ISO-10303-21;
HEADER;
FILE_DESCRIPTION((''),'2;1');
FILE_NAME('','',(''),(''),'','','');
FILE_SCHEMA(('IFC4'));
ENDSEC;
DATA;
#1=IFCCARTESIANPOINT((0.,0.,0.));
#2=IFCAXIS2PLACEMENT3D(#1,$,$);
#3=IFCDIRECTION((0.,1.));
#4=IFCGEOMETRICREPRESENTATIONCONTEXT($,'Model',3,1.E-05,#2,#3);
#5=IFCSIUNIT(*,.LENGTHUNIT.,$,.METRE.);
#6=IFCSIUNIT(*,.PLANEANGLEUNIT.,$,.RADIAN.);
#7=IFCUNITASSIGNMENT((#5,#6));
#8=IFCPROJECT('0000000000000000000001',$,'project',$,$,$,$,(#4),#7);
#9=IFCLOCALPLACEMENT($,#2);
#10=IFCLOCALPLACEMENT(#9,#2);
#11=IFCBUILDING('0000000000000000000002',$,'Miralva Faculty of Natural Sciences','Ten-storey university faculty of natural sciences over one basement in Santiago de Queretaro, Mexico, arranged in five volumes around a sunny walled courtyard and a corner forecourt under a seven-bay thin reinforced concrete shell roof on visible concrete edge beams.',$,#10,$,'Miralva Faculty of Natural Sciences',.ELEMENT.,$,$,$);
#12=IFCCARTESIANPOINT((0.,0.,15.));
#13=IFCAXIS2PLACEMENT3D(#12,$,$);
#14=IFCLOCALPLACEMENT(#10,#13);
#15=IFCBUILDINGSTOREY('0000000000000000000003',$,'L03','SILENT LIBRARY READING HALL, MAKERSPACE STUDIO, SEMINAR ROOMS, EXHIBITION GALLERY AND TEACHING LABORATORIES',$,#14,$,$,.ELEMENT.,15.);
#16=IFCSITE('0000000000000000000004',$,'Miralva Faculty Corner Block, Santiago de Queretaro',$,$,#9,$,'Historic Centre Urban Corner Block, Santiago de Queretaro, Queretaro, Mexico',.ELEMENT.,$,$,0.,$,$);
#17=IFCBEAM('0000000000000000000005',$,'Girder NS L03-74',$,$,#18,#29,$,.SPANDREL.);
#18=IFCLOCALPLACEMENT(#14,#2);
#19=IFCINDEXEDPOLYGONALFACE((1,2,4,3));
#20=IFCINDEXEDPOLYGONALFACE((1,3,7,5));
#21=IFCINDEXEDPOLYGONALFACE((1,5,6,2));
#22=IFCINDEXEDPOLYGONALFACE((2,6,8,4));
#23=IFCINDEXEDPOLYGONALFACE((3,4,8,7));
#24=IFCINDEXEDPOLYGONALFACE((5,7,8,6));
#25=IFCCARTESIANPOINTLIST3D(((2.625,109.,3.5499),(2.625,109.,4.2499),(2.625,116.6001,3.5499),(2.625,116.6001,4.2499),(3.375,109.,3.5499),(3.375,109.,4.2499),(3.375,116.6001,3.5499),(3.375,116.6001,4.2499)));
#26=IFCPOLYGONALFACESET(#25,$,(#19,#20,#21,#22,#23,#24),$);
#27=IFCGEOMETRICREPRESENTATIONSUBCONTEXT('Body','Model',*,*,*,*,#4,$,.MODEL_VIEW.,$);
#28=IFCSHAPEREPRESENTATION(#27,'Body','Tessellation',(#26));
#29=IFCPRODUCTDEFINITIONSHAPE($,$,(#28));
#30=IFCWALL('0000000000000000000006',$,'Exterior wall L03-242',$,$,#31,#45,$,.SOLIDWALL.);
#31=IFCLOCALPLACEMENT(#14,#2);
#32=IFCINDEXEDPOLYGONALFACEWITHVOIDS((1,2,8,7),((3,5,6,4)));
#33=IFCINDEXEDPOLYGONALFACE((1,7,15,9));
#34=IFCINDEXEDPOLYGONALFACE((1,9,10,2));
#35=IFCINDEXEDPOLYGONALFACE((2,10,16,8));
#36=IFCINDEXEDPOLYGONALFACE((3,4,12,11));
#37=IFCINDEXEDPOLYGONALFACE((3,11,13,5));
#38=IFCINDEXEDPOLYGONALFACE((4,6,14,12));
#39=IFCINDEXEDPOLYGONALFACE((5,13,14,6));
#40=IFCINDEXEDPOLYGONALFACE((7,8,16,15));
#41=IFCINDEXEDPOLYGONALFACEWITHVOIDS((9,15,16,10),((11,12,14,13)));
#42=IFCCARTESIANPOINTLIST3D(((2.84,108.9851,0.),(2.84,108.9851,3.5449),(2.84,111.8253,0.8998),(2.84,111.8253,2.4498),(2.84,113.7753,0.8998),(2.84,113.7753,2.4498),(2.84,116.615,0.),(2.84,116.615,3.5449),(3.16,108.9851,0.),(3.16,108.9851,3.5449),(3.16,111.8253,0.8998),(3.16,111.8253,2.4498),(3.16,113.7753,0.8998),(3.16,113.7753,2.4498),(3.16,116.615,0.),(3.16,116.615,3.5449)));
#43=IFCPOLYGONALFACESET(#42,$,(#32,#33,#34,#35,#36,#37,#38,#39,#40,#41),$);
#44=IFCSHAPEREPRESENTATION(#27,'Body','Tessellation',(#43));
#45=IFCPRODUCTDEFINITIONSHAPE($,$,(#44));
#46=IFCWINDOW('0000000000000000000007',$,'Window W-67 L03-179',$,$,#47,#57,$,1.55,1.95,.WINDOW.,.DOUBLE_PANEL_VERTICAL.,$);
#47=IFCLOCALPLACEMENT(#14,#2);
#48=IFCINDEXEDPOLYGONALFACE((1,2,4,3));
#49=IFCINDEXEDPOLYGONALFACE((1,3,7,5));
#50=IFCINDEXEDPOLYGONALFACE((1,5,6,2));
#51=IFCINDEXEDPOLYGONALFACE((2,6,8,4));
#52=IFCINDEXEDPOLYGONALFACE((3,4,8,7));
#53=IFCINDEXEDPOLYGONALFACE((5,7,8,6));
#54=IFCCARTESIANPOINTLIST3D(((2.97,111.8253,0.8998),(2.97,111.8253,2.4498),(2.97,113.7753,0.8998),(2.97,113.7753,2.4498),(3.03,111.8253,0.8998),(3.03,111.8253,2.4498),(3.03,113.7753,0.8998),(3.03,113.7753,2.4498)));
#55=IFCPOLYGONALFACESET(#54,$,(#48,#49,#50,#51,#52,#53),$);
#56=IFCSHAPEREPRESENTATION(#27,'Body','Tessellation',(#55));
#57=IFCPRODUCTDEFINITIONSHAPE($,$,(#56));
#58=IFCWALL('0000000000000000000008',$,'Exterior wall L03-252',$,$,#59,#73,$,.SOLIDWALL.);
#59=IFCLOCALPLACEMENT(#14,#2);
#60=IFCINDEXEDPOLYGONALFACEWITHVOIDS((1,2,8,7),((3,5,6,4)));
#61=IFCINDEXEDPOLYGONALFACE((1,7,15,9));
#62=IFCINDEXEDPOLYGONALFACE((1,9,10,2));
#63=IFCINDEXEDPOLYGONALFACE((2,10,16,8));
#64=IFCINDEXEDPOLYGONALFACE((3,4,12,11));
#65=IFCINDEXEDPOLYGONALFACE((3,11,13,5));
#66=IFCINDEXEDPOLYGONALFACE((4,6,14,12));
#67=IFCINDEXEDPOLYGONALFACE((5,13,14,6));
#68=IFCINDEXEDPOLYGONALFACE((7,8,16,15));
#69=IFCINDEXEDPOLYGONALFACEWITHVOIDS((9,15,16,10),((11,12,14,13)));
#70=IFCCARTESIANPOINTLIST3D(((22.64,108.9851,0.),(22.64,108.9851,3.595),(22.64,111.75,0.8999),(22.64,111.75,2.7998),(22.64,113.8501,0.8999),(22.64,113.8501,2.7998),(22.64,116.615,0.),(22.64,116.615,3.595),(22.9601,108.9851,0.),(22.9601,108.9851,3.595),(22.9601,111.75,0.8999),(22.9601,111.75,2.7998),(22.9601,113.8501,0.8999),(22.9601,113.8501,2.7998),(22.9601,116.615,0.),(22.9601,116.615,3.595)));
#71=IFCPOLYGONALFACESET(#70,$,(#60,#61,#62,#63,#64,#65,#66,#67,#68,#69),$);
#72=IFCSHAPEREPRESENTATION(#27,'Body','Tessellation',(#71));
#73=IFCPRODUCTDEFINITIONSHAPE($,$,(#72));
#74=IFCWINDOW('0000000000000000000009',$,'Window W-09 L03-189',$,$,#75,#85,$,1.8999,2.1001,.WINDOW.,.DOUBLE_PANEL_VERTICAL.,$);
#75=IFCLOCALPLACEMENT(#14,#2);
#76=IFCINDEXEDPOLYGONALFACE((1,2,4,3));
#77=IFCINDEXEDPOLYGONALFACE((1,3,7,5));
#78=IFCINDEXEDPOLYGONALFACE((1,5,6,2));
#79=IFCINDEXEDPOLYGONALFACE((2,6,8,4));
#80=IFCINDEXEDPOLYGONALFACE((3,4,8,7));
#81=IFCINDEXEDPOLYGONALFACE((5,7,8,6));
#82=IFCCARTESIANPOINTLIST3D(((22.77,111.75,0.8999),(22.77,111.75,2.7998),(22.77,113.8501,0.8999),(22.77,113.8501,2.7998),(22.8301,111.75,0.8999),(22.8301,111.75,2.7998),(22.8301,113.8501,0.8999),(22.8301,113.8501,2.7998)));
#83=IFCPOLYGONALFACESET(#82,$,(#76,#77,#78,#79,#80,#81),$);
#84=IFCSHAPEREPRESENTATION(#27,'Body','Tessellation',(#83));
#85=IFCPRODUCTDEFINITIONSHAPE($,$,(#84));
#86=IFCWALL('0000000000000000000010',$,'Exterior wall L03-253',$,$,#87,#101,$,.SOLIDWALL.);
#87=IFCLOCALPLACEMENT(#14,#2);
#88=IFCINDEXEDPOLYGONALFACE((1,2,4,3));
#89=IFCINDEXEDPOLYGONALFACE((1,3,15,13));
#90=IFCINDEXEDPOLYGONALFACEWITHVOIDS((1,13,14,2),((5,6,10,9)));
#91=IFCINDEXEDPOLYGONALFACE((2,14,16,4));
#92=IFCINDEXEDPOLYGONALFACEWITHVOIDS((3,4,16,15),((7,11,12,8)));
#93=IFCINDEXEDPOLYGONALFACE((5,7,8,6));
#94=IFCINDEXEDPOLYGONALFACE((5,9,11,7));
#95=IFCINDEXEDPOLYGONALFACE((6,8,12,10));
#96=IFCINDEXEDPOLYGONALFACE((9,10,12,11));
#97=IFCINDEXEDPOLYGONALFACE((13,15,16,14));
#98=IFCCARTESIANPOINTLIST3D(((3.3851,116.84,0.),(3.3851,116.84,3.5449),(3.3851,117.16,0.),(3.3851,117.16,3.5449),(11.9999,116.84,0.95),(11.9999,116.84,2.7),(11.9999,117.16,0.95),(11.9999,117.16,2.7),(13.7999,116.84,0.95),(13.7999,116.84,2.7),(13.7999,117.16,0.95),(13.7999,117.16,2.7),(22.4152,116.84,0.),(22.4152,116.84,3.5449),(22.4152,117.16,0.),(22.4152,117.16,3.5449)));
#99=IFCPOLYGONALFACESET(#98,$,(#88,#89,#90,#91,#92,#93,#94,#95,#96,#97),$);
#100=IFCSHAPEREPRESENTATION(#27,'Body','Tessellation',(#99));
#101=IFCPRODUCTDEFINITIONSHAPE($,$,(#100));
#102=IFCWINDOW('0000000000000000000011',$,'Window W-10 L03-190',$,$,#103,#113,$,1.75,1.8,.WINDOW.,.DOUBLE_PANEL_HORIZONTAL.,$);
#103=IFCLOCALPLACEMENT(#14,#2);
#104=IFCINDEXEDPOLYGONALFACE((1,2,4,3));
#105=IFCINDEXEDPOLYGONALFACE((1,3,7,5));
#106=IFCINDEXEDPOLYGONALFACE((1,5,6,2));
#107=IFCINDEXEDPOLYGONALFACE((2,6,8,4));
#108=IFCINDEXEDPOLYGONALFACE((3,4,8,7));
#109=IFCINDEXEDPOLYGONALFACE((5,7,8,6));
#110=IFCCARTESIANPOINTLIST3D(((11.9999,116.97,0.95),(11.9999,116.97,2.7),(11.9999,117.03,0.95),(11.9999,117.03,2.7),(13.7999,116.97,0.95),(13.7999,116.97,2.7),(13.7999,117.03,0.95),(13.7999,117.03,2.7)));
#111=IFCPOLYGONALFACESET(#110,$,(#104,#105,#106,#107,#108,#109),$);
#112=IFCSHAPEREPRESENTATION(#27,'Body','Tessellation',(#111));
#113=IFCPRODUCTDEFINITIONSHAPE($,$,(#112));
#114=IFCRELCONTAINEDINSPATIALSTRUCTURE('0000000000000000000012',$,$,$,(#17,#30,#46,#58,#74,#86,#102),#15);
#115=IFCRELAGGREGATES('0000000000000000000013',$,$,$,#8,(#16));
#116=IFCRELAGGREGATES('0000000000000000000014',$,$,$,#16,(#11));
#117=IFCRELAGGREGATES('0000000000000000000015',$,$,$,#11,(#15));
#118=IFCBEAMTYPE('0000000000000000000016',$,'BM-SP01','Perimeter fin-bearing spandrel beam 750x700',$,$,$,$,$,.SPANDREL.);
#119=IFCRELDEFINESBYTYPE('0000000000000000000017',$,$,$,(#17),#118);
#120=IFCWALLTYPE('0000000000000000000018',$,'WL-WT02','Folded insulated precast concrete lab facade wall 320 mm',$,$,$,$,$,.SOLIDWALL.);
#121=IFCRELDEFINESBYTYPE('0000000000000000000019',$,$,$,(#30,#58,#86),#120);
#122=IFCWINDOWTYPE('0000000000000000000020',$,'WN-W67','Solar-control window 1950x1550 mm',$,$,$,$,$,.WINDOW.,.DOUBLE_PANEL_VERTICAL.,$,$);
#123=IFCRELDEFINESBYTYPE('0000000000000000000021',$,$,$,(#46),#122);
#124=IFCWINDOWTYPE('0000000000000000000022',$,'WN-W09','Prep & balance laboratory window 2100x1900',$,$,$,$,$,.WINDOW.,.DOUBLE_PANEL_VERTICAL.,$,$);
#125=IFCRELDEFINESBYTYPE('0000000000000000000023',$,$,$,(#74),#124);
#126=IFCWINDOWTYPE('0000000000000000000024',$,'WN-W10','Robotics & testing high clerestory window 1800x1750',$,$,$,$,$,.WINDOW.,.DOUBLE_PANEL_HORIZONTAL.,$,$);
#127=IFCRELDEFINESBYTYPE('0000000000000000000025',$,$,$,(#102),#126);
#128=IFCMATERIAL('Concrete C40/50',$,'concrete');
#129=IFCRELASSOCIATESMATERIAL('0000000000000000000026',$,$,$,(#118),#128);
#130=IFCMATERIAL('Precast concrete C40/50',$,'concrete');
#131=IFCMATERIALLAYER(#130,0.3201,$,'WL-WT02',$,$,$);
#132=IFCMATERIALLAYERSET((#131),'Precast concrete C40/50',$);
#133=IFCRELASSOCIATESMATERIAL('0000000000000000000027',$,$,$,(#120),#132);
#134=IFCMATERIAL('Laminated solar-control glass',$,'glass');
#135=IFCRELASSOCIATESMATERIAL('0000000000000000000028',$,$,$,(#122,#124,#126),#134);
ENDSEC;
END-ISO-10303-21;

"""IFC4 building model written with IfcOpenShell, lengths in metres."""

from ifc_helpers import new_model, si_unit, direction, frame, frame_2d, origin, origin_2d, place, context, subcontext, project, spatial, rectangle, extrude, material, layer, layer_set, material_profile, profile_set, type_object, element, fill, save


model = new_model("IFC4")

# Units and contexts
model_context = context("Model", 3, precision=1e-05, world=origin(), true_north=direction((0.0, 1.0)))
body_context = subcontext(model_context, "Body", "Model", "MODEL_VIEW")
ifc_project = project(units=[si_unit("LENGTHUNIT", "METRE"), si_unit("PLANEANGLEUNIT", "RADIAN")], contexts=[model_context])

# Site, building, storey
site_placement = place(None, origin())
site = spatial("IfcSite", under=ifc_project, at=site_placement, Name="Miralva Faculty Corner Block, Santiago de Queretaro", LongName="Historic Centre Urban Corner Block, Santiago de Queretaro, Queretaro, Mexico", CompositionType="ELEMENT", RefElevation=0.0)
building_placement = place(site_placement, origin())
building = spatial("IfcBuilding", under=site, at=building_placement, Name="Miralva Faculty of Natural Sciences", Description="Ten-storey university faculty of natural sciences over one basement in Santiago de Queretaro, Mexico, arranged in five volumes around a sunny walled courtyard and a corner forecourt under a seven-bay thin reinforced concrete shell roof on visible concrete edge beams.", LongName="Miralva Faculty of Natural Sciences", CompositionType="ELEMENT")
storey_placement = place(building_placement, frame((0.0, 0.0, 15.0)))
storey = spatial("IfcBuildingStorey", under=building, at=storey_placement, Name="L03", Description="SILENT LIBRARY READING HALL, MAKERSPACE STUDIO, SEMINAR ROOMS, EXHIBITION GALLERY AND TEACHING LABORATORIES", CompositionType="ELEMENT", Elevation=15.0)

# Shared definitions
ifc_material_1 = material(Name="Concrete C40/50", Category="concrete")

# Beam
ifc_material_profile_1 = material_profile(ifc_material_1, rectangle(XDim=0.75, YDim=0.7, at=origin_2d()), Name="RC 750x700")
ifc_profile_set_1 = profile_set([ifc_material_profile_1], Name="Concrete C40/50")
beam_type_1 = type_object("IfcBeamType", Name="BM-SP01", Description="Perimeter fin-bearing spandrel beam 750x700", PredefinedType="SPANDREL", material=ifc_profile_set_1)
beam_1_placement = place(storey_placement, frame((3.0, 109.0, 3.8999), z_axis=(0.0, 1.0, 0.0), x_axis=(-1.0, 0.0, 0.0)))
element("IfcBeam", 1, at=beam_1_placement, inside=storey, type_object=beam_type_1, Name="Girder NS L03-74", PredefinedType="SPANDREL", context=body_context, shape_type="SweptSolid", body=[
    extrude(rectangle(XDim=0.75, YDim=0.7, at=origin_2d()), origin(), (0.0, 0.0, 1.0), 7.6001),
])

# Walls, openings, windows
ifc_material_2 = material(Name="Precast concrete C40/50", Category="concrete")
ifc_layer = layer(ifc_material_2, 0.3201, Name="WL-WT02")
ifc_layer_set = layer_set([ifc_layer], Name="Precast concrete C40/50")
wall_type = type_object("IfcWallType", Name="WL-WT02", Description="Folded insulated precast concrete lab facade wall 320 mm", PredefinedType="SOLIDWALL", material=ifc_layer_set)
wall_1_placement = place(storey_placement, frame((3.0, 108.9851, 0.0), z_axis=(0.0, 0.0, 1.0), x_axis=(0.0, 1.0, 0.0)))
wall_1 = element("IfcWall", 2, at=wall_1_placement, inside=storey, type_object=wall_type, Name="Exterior wall L03-242", PredefinedType="SOLIDWALL", context=body_context, shape_type="SweptSolid", body=[
    extrude(rectangle(XDim=7.6299, YDim=0.3201, at=frame_2d((3.8149, 0.0))), origin(), (0.0, 0.0, 1.0), 3.5449),
])
opening_1_placement = place(wall_1_placement, frame((2.8401, 0.0, 0.8999)))
opening_1 = element("IfcOpeningElement", 3, at=opening_1_placement, cuts=wall_1, PredefinedType="OPENING", context=body_context, shape_type="SweptSolid", body=[
    extrude(rectangle(XDim=1.95, YDim=1.55, at=frame_2d((0.9751, 0.7749))), frame((0.0, 0.1699, 0.0), z_axis=(0.0, -1.0, 0.0), x_axis=(1.0, 0.0, 0.0)), (0.0, 0.0, 1.0), 0.3401),
])
ifc_material_3 = material(Name="Laminated solar-control glass", Category="glass")
window_type_1 = type_object("IfcWindowType", Name="WN-W67", Description="Solar-control window 1950x1550 mm", PartitioningType="DOUBLE_PANEL_VERTICAL", PredefinedType="WINDOW", material=ifc_material_3)
window_1_placement = place(opening_1_placement, origin())
window_1 = element("IfcWindow", 4, at=window_1_placement, inside=storey, type_object=window_type_1, Name="Window W-67 L03-179", OverallHeight=1.55, OverallWidth=1.95, PartitioningType="DOUBLE_PANEL_VERTICAL", PredefinedType="WINDOW", context=body_context, shape_type="SweptSolid", body=[
    extrude(rectangle(XDim=1.95, YDim=1.55, at=frame_2d((0.9751, 0.7749))), frame((0.0, 0.03, 0.0), z_axis=(0.0, -1.0, 0.0), x_axis=(1.0, 0.0, 0.0)), (0.0, 0.0, 1.0), 0.0601),
])
fill(opening_1, window_1)
wall_2_placement = place(storey_placement, frame((22.8, 108.9851, 0.0), z_axis=(0.0, 0.0, 1.0), x_axis=(0.0, 1.0, 0.0)))
wall_2 = element("IfcWall", 5, at=wall_2_placement, inside=storey, type_object=wall_type, Name="Exterior wall L03-252", PredefinedType="SOLIDWALL", context=body_context, shape_type="SweptSolid", body=[
    extrude(rectangle(XDim=7.6299, YDim=0.3201, at=frame_2d((3.8149, 0.0))), origin(), (0.0, 0.0, 1.0), 3.595),
])
opening_2_placement = place(wall_2_placement, frame((2.7649, 0.0, 0.8999)))
opening_2 = element("IfcOpeningElement", 6, at=opening_2_placement, cuts=wall_2, PredefinedType="OPENING", context=body_context, shape_type="SweptSolid", body=[
    extrude(rectangle(XDim=2.1001, YDim=1.8999, at=frame_2d((1.05, 0.95))), frame((0.0, 0.1699, 0.0), z_axis=(0.0, -1.0, 0.0), x_axis=(1.0, 0.0, 0.0)), (0.0, 0.0, 1.0), 0.3401),
])
window_type_2 = type_object("IfcWindowType", Name="WN-W09", Description="Prep & balance laboratory window 2100x1900", PartitioningType="DOUBLE_PANEL_VERTICAL", PredefinedType="WINDOW", material=ifc_material_3)
window_2_placement = place(opening_2_placement, frame((2.1001, 0.0, 0.0), z_axis=(0.0, 0.0, 1.0), x_axis=(-1.0, 0.0, 0.0)))
window_2 = element("IfcWindow", 7, at=window_2_placement, inside=storey, type_object=window_type_2, Name="Window W-09 L03-189", OverallHeight=1.8999, OverallWidth=2.1001, PartitioningType="DOUBLE_PANEL_VERTICAL", PredefinedType="WINDOW", context=body_context, shape_type="SweptSolid", body=[
    extrude(rectangle(XDim=2.1001, YDim=1.8999, at=frame_2d((1.05, 0.95))), frame((0.0, 0.03, 0.0), z_axis=(0.0, -1.0, 0.0), x_axis=(1.0, 0.0, 0.0)), (0.0, 0.0, 1.0), 0.0601),
])
fill(opening_2, window_2)
wall_3_placement = place(storey_placement, frame((3.385, 117.0, 0.0), z_axis=(0.0, 0.0, 1.0), x_axis=(1.0, 0.0, 0.0)))
wall_3 = element("IfcWall", 8, at=wall_3_placement, inside=storey, type_object=wall_type, Name="Exterior wall L03-253", PredefinedType="SOLIDWALL", context=body_context, shape_type="SweptSolid", body=[
    extrude(rectangle(XDim=19.03, YDim=0.3201, at=frame_2d((9.5151, 0.0))), origin(), (0.0, 0.0, 1.0), 3.5449),
])
opening_3_placement = place(wall_3_placement, frame((8.615, 0.0, 0.95)))
opening_3 = element("IfcOpeningElement", 9, at=opening_3_placement, cuts=wall_3, PredefinedType="OPENING", context=body_context, shape_type="SweptSolid", body=[
    extrude(rectangle(XDim=1.8, YDim=1.75, at=frame_2d((0.8999, 0.875))), frame((0.0, 0.1699, 0.0), z_axis=(0.0, -1.0, 0.0), x_axis=(1.0, 0.0, 0.0)), (0.0, 0.0, 1.0), 0.3401),
])
window_type_3 = type_object("IfcWindowType", Name="WN-W10", Description="Robotics & testing high clerestory window 1800x1750", PartitioningType="DOUBLE_PANEL_HORIZONTAL", PredefinedType="WINDOW", material=ifc_material_3)
window_3_placement = place(opening_3_placement, origin())
window_3 = element("IfcWindow", 10, at=window_3_placement, inside=storey, type_object=window_type_3, Name="Window W-10 L03-190", OverallHeight=1.75, OverallWidth=1.8, PartitioningType="DOUBLE_PANEL_HORIZONTAL", PredefinedType="WINDOW", context=body_context, shape_type="SweptSolid", body=[
    extrude(rectangle(XDim=1.8, YDim=1.75, at=frame_2d((0.8999, 0.875))), frame((0.0, 0.03, 0.0), z_axis=(0.0, -1.0, 0.0), x_axis=(1.0, 0.0, 0.0)), (0.0, 0.0, 1.0), 0.0601),
])
fill(opening_3, window_3)

save(model, "model.ifc")
